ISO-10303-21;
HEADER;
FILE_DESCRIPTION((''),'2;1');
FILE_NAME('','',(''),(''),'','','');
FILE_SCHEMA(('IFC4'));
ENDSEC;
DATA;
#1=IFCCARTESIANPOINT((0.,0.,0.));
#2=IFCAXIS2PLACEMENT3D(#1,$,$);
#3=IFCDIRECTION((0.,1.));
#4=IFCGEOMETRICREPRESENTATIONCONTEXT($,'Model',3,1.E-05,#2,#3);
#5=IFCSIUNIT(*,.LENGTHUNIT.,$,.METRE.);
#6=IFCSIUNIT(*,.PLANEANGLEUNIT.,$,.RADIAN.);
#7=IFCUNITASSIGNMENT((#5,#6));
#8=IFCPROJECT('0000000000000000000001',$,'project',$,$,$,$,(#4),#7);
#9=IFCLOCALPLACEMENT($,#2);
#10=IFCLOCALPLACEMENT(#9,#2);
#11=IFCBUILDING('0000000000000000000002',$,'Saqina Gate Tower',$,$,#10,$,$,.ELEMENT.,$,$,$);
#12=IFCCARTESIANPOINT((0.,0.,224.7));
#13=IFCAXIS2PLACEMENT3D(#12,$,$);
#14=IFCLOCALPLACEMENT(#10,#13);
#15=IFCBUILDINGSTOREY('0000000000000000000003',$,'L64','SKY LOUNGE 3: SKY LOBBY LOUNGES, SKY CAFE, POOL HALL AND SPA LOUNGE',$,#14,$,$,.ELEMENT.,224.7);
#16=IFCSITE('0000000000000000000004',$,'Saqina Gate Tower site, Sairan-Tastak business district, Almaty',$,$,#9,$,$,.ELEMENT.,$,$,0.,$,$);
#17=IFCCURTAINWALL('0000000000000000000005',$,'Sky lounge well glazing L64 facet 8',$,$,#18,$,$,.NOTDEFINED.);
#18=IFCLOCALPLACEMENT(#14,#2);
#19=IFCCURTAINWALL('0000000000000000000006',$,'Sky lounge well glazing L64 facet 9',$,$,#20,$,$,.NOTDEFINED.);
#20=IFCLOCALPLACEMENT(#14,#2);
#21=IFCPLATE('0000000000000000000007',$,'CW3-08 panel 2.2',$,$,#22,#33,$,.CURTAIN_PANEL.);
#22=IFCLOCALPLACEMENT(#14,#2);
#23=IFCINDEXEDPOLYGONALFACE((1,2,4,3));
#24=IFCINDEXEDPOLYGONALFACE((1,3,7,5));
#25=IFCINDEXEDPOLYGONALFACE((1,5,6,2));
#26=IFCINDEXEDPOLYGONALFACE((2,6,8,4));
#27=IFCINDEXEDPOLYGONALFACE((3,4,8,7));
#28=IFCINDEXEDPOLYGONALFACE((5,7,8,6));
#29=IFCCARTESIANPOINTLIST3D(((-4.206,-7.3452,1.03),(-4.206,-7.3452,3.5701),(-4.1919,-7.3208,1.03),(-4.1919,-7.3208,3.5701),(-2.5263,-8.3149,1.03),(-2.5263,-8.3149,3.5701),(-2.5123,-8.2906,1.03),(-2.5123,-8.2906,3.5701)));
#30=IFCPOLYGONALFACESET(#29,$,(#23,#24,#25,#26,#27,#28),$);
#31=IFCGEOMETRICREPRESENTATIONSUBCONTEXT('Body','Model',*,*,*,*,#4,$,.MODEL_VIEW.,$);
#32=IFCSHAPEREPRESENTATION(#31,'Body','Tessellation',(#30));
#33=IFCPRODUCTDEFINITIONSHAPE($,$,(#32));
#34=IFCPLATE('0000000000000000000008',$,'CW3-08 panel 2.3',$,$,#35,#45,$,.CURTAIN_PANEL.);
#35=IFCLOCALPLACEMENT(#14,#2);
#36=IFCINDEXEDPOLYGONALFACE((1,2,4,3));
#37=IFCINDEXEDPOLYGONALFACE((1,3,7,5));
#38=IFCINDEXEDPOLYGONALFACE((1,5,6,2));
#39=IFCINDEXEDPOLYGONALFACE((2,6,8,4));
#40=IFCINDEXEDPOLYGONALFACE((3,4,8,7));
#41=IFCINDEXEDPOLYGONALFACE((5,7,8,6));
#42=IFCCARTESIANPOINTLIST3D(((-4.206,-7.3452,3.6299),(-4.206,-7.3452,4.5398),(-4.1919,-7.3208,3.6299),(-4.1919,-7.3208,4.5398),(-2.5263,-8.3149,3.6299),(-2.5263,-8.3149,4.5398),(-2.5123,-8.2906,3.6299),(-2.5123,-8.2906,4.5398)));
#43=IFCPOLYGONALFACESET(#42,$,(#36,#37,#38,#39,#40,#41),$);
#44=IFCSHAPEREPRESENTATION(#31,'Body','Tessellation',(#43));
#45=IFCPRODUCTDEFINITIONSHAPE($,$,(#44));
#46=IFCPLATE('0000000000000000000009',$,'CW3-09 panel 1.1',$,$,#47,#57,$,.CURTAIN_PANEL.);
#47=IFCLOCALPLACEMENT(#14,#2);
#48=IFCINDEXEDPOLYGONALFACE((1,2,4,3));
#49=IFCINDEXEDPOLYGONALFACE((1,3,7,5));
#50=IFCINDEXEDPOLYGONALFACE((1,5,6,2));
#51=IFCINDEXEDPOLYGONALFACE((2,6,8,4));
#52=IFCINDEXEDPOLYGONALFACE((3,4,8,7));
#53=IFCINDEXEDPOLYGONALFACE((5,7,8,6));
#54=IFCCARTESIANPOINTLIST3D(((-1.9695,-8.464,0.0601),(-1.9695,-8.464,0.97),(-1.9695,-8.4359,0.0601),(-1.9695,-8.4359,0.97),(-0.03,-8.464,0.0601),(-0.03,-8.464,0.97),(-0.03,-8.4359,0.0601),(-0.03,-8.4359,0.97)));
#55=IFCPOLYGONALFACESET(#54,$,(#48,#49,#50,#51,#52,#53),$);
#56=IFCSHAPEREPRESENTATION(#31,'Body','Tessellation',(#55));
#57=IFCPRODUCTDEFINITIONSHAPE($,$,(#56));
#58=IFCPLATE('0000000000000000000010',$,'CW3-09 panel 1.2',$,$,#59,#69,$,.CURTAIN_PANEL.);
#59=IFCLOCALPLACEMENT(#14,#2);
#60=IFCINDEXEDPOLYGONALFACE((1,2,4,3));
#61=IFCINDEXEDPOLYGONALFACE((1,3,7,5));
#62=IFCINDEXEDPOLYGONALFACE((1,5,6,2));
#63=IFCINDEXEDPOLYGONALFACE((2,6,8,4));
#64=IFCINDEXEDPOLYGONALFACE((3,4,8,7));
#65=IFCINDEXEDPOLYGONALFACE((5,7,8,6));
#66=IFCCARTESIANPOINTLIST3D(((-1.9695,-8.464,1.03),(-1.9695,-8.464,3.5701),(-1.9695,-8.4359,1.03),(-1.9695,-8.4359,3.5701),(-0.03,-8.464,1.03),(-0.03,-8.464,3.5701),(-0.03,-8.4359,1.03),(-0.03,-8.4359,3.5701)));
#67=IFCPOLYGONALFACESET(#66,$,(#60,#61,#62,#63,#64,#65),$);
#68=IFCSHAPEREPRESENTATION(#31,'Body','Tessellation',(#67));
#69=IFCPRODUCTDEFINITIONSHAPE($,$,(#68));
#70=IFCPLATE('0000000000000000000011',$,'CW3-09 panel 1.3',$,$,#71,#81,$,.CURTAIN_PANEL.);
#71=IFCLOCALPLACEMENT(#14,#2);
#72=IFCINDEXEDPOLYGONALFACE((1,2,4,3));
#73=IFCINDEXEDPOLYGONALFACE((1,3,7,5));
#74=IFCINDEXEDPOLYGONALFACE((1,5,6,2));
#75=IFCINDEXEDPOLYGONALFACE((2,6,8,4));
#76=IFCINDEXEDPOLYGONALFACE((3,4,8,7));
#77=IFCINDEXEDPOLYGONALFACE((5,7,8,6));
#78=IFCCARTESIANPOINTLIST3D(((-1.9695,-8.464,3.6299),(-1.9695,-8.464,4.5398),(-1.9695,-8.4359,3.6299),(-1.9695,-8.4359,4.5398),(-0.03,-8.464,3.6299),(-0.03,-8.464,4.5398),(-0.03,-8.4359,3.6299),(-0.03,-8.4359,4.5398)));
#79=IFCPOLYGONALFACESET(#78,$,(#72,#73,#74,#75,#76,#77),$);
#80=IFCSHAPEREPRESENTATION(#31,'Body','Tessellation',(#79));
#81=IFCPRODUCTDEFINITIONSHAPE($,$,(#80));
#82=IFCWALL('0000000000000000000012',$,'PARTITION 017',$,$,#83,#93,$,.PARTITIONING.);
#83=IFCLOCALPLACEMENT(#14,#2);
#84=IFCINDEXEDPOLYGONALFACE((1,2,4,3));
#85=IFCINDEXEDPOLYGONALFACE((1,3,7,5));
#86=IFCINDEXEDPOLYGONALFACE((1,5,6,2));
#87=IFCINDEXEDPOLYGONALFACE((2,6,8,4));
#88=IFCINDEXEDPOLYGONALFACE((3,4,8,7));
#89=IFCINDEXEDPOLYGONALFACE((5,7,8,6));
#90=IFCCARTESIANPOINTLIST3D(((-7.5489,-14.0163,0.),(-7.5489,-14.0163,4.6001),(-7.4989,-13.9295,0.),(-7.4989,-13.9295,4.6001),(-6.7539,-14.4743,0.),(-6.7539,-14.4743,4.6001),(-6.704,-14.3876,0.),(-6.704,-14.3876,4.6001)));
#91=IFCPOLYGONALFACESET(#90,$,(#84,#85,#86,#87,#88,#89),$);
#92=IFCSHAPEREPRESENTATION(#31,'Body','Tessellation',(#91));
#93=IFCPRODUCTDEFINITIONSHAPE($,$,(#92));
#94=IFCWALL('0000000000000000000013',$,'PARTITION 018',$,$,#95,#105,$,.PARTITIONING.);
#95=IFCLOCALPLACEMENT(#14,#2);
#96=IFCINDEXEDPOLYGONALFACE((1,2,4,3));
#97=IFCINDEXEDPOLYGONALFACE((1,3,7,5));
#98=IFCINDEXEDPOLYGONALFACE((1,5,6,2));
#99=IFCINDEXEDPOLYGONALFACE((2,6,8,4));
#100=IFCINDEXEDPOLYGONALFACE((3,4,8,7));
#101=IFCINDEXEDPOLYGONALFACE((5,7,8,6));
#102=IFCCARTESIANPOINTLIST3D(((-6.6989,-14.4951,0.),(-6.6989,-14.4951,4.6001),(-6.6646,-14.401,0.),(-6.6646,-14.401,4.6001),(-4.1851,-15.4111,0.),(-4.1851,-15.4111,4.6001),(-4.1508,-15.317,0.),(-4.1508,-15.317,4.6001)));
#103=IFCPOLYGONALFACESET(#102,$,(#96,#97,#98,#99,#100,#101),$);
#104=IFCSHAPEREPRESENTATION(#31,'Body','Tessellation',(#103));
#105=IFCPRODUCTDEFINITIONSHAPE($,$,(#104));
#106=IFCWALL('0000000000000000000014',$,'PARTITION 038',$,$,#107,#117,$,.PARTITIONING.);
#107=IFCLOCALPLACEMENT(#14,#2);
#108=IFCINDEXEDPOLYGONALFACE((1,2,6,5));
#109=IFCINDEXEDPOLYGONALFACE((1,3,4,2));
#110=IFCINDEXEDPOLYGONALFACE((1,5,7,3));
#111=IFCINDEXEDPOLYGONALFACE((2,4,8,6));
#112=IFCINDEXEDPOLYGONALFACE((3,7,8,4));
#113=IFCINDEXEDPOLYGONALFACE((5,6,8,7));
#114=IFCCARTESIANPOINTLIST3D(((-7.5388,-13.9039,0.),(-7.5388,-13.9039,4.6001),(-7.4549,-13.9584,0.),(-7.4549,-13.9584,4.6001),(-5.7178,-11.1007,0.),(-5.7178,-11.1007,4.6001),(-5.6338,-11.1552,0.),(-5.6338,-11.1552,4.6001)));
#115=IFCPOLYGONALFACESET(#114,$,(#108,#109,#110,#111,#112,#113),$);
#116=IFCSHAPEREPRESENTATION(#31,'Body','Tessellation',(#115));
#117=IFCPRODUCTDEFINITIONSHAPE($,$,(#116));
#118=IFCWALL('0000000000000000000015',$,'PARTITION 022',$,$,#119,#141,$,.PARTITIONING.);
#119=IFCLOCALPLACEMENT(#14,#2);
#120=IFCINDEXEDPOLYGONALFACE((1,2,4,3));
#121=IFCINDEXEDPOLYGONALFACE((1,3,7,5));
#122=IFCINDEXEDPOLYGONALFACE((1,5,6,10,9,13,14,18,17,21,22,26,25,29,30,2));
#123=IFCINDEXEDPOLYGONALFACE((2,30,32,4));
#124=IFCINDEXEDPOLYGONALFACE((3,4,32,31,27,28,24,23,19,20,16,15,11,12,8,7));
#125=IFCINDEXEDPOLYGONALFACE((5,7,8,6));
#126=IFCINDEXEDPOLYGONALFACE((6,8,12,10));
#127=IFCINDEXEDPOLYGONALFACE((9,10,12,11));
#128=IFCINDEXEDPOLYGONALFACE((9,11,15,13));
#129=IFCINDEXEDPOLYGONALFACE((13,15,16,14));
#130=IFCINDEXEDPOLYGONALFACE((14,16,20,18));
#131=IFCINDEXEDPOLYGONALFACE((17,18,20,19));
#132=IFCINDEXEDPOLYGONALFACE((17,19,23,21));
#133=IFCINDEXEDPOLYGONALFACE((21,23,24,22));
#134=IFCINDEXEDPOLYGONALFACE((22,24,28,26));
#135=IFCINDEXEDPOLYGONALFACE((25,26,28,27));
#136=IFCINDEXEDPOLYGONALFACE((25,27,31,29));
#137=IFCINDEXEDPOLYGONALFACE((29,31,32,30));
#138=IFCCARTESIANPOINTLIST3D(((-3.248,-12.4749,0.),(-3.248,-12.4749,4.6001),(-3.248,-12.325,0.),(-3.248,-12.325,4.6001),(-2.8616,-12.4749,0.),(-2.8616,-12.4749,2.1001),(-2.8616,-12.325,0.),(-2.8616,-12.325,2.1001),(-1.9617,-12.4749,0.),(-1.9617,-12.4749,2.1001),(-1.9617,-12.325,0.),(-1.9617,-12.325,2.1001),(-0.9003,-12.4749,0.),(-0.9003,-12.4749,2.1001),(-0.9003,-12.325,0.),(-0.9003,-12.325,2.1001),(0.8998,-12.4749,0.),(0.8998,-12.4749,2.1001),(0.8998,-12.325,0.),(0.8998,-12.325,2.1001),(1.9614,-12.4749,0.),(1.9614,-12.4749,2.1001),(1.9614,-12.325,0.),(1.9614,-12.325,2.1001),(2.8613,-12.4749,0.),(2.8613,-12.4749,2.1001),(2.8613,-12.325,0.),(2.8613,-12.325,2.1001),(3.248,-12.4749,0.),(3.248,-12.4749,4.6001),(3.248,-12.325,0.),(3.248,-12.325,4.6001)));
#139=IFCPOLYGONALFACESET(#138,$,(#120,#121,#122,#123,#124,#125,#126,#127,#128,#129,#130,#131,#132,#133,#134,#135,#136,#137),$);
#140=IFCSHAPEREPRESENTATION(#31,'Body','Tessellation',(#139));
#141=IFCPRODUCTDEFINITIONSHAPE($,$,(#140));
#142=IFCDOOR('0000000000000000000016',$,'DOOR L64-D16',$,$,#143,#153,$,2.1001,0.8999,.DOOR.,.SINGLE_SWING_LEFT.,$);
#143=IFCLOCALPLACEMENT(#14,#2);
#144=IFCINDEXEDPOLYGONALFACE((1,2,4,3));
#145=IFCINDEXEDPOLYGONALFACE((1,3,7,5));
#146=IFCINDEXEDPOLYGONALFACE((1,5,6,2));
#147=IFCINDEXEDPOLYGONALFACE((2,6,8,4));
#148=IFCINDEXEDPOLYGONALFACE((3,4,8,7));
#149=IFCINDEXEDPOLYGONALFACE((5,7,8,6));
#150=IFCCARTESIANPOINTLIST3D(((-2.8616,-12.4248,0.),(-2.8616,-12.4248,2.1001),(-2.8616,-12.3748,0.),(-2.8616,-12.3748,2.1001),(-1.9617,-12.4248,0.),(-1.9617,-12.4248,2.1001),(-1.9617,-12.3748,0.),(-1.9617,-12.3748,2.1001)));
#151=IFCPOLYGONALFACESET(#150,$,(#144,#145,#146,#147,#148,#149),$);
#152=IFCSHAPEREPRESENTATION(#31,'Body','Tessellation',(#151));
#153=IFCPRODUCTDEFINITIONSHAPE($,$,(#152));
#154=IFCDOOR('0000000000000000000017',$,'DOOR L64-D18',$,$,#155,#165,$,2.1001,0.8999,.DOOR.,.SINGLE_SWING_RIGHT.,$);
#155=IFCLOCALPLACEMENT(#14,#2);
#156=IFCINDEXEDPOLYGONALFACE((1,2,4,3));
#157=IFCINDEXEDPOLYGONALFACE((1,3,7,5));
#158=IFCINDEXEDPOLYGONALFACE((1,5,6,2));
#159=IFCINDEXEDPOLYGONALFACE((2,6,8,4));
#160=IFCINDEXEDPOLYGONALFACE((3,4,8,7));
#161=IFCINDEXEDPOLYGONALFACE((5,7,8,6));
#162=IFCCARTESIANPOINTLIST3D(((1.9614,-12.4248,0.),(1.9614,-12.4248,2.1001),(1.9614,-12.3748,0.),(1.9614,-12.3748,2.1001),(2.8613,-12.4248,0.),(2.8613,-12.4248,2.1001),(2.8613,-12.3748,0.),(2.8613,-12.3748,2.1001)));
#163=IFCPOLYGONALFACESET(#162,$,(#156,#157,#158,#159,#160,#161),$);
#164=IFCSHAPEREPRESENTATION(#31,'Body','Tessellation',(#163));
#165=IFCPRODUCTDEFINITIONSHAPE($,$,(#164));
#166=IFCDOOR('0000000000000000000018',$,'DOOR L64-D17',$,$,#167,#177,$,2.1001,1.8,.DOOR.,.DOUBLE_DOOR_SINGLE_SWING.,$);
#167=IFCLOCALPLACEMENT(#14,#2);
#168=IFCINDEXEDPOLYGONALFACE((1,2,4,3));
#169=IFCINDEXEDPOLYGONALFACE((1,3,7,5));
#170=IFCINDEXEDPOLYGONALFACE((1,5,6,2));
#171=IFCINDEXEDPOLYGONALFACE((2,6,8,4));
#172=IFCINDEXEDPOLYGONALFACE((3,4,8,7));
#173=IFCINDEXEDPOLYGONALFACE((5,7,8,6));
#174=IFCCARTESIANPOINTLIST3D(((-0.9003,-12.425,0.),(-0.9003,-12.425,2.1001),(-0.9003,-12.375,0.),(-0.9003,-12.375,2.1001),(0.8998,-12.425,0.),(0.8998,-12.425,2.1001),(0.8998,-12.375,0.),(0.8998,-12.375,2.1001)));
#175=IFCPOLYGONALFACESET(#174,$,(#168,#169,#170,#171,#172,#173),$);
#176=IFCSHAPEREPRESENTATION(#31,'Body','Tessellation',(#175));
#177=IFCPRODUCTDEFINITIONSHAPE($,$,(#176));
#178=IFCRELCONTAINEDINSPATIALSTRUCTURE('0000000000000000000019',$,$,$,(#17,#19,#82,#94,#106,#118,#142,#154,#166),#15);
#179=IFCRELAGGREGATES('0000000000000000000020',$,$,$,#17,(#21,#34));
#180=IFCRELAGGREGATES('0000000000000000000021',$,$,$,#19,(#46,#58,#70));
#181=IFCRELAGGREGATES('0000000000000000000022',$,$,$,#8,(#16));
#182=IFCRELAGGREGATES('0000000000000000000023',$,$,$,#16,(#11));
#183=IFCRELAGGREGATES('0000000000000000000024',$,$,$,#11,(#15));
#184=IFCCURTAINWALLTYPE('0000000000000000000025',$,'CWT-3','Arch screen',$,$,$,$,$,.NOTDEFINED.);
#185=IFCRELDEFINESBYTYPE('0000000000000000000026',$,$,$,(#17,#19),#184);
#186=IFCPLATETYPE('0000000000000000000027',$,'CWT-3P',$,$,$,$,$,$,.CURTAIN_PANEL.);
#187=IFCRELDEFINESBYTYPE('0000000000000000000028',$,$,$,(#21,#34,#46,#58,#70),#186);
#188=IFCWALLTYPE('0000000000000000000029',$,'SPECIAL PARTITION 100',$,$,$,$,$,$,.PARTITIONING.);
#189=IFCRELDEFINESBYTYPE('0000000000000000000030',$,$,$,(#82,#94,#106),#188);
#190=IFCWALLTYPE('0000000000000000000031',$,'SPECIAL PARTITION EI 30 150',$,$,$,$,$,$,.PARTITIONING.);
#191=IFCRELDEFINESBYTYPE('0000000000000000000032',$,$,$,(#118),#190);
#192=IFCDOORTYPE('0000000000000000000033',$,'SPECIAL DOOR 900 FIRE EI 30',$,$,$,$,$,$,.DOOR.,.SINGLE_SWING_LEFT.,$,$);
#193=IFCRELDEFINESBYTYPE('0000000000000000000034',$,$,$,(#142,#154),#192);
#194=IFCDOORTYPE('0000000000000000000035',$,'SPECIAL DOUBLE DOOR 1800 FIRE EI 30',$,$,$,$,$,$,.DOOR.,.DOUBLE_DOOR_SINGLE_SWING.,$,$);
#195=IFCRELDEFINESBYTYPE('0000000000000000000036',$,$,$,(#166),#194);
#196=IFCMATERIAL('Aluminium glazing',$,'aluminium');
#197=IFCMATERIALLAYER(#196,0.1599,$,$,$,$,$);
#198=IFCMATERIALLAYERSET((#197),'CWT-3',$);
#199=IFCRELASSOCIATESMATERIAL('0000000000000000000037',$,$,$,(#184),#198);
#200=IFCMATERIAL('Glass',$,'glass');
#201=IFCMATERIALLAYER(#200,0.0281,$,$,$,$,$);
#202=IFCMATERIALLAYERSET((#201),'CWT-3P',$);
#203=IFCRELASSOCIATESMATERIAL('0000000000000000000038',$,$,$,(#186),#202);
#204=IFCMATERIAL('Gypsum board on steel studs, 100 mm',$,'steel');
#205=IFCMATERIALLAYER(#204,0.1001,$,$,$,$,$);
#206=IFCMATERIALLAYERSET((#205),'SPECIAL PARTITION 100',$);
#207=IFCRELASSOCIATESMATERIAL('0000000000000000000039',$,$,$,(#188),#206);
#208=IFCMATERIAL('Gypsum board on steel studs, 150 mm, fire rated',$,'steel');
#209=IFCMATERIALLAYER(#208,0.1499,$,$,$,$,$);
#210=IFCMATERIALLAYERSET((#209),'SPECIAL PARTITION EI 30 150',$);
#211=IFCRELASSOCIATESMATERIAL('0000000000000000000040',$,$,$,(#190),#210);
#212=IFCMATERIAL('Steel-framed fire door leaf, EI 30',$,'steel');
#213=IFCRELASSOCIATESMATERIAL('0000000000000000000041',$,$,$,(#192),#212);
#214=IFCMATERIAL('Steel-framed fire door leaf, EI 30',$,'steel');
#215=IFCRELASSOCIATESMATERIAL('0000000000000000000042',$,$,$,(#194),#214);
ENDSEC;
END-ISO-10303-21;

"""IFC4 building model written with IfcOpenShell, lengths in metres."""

from ifc_helpers import new_model, si_unit, direction, frame, frame_2d, origin, origin_2d, place, context, subcontext, project, spatial, rectangle, extrude, material, layer, layer_set, type_object, element, fill, aggregate, save


model = new_model("IFC4")

# Units and contexts
model_context = context("Model", 3, precision=1e-05, world=origin(), true_north=direction((0.0, 1.0)))
body_context = subcontext(model_context, "Body", "Model", "MODEL_VIEW")
ifc_project = project(units=[si_unit("LENGTHUNIT", "METRE"), si_unit("PLANEANGLEUNIT", "RADIAN")], contexts=[model_context])

# Site, building, storey
site_placement = place(None, origin())
site = spatial("IfcSite", under=ifc_project, at=site_placement, Name="Saqina Gate Tower site, Sairan-Tastak business district, Almaty", CompositionType="ELEMENT", RefElevation=0.0)
building_placement = place(site_placement, origin())
building = spatial("IfcBuilding", under=site, at=building_placement, Name="Saqina Gate Tower", CompositionType="ELEMENT")
storey_placement = place(building_placement, frame((0.0, 0.0, 224.7)))
storey = spatial("IfcBuildingStorey", under=building, at=storey_placement, Name="L64", Description="SKY LOUNGE 3: SKY LOBBY LOUNGES, SKY CAFE, POOL HALL AND SPA LOUNGE", CompositionType="ELEMENT", Elevation=224.7)

# Curtain wall
ifc_material_1 = material(Name="Aluminium glazing", Category="aluminium")
ifc_layer_1 = layer(ifc_material_1, 0.1599)
ifc_layer_set_1 = layer_set([ifc_layer_1], Name="CWT-3")
curtain_wall_type = type_object("IfcCurtainWallType", Name="CWT-3", Description="Arch screen", PredefinedType="NOTDEFINED", material=ifc_layer_set_1)
curtain_wall_1_placement = place(storey_placement, origin())
curtain_wall_1 = element("IfcCurtainWall", 1, at=curtain_wall_1_placement, inside=storey, type_object=curtain_wall_type, Name="Sky lounge well glazing L64 facet 8", PredefinedType="NOTDEFINED")

# Curtain wall
curtain_wall_2_placement = place(storey_placement, origin())
curtain_wall_2 = element("IfcCurtainWall", 2, at=curtain_wall_2_placement, inside=storey, type_object=curtain_wall_type, Name="Sky lounge well glazing L64 facet 9", PredefinedType="NOTDEFINED")

# Plates
ifc_material_2 = material(Name="Glass", Category="glass")
ifc_layer_2 = layer(ifc_material_2, 0.0281)
ifc_layer_set_2 = layer_set([ifc_layer_2], Name="CWT-3P")
plate_type = type_object("IfcPlateType", Name="CWT-3P", PredefinedType="CURTAIN_PANEL", material=ifc_layer_set_2)
plate_1_placement = place(storey_placement, frame((-3.3591, -7.8179, 1.03), z_axis=(0.0, 0.0, 1.0), x_axis=(0.866024, -0.500003, 0.0)))
plate_1 = element("IfcPlate", 3, at=plate_1_placement, type_object=plate_type, Name="CW3-08 panel 2.2", PredefinedType="CURTAIN_PANEL", context=body_context, shape_type="SweptSolid", body=[
    extrude(rectangle(XDim=1.9395, YDim=0.0281, at=origin_2d()), origin(), (0.0, 0.0, 1.0), 2.54),
])
plate_2_placement = place(storey_placement, frame((-3.3591, -7.8179, 3.6299), z_axis=(0.0, 0.0, 1.0), x_axis=(0.866024, -0.500003, 0.0)))
plate_2 = element("IfcPlate", 4, at=plate_2_placement, type_object=plate_type, Name="CW3-08 panel 2.3", PredefinedType="CURTAIN_PANEL", context=body_context, shape_type="SweptSolid", body=[
    extrude(rectangle(XDim=1.9395, YDim=0.0281, at=origin_2d()), origin(), (0.0, 0.0, 1.0), 0.9099),
])
aggregate(curtain_wall_1, [plate_1, plate_2])
plate_3_placement = place(storey_placement, frame((-0.9998, -8.45, 0.0601), z_axis=(0.0, 0.0, 1.0), x_axis=(1.0, 0.0, 0.0)))
plate_3 = element("IfcPlate", 5, at=plate_3_placement, type_object=plate_type, Name="CW3-09 panel 1.1", PredefinedType="CURTAIN_PANEL", context=body_context, shape_type="SweptSolid", body=[
    extrude(rectangle(XDim=1.9395, YDim=0.0281, at=origin_2d()), origin(), (0.0, 0.0, 1.0), 0.9099),
])
plate_4_placement = place(storey_placement, frame((-0.9998, -8.45, 1.03), z_axis=(0.0, 0.0, 1.0), x_axis=(1.0, 0.0, 0.0)))
plate_4 = element("IfcPlate", 6, at=plate_4_placement, type_object=plate_type, Name="CW3-09 panel 1.2", PredefinedType="CURTAIN_PANEL", context=body_context, shape_type="SweptSolid", body=[
    extrude(rectangle(XDim=1.9395, YDim=0.0281, at=origin_2d()), origin(), (0.0, 0.0, 1.0), 2.54),
])
plate_5_placement = place(storey_placement, frame((-0.9998, -8.45, 3.6299), z_axis=(0.0, 0.0, 1.0), x_axis=(1.0, 0.0, 0.0)))
plate_5 = element("IfcPlate", 7, at=plate_5_placement, type_object=plate_type, Name="CW3-09 panel 1.3", PredefinedType="CURTAIN_PANEL", context=body_context, shape_type="SweptSolid", body=[
    extrude(rectangle(XDim=1.9395, YDim=0.0281, at=origin_2d()), origin(), (0.0, 0.0, 1.0), 0.9099),
])
aggregate(curtain_wall_2, [plate_3, plate_4, plate_5])

# Walls
ifc_material_3 = material(Name="Gypsum board on steel studs, 100 mm", Category="steel")
ifc_layer_3 = layer(ifc_material_3, 0.1001)
ifc_layer_set_3 = layer_set([ifc_layer_3], Name="SPECIAL PARTITION 100")
wall_type_1 = type_object("IfcWallType", Name="SPECIAL PARTITION 100", PredefinedType="PARTITIONING", material=ifc_layer_set_3)
wall_1_placement = place(storey_placement, frame((-7.5239, -13.9729, 0.0), z_axis=(0.0, 0.0, 1.0), x_axis=(0.866469, -0.499231, 0.0)))
element("IfcWall", 8, at=wall_1_placement, inside=storey, type_object=wall_type_1, Name="PARTITION 017", PredefinedType="PARTITIONING", context=body_context, shape_type="SweptSolid", body=[
    extrude(rectangle(XDim=0.9175, YDim=0.1001, at=frame_2d((0.4587, 0.0))), origin(), (0.0, 0.0, 1.0), 4.6001),
])
wall_2_placement = place(storey_placement, frame((-6.6819, -14.448, 0.0), z_axis=(0.0, 0.0, 1.0), x_axis=(0.939569, -0.342358, 0.0)))
element("IfcWall", 9, at=wall_2_placement, inside=storey, type_object=wall_type_1, Name="PARTITION 018", PredefinedType="PARTITIONING", context=body_context, shape_type="SweptSolid", body=[
    extrude(rectangle(XDim=2.6755, YDim=0.1001, at=frame_2d((1.3379, 0.0))), origin(), (0.0, 0.0, 1.0), 4.6001),
])
wall_3_placement = place(storey_placement, frame((-7.4968, -13.9312, 0.0), z_axis=(0.0, 0.0, 1.0), x_axis=(0.544768, 0.838587, 0.0)))
element("IfcWall", 10, at=wall_3_placement, inside=storey, type_object=wall_type_1, Name="PARTITION 038", PredefinedType="PARTITIONING", context=body_context, shape_type="SweptSolid", body=[
    extrude(rectangle(XDim=3.3428, YDim=0.1001, at=frame_2d((1.6714, 0.0))), origin(), (0.0, 0.0, 1.0), 4.6001),
])

# Wall, openings, doors
ifc_material_4 = material(Name="Gypsum board on steel studs, 150 mm, fire rated", Category="steel")
ifc_layer_4 = layer(ifc_material_4, 0.1499)
ifc_layer_set_4 = layer_set([ifc_layer_4], Name="SPECIAL PARTITION EI 30 150")
wall_type_2 = type_object("IfcWallType", Name="SPECIAL PARTITION EI 30 150", PredefinedType="PARTITIONING", material=ifc_layer_set_4)
wall_4_placement = place(storey_placement, frame((-3.248, -12.3999, 0.0), z_axis=(0.0, 0.0, 1.0), x_axis=(1.0, 0.0, 0.0)))
wall_4 = element("IfcWall", 11, at=wall_4_placement, inside=storey, type_object=wall_type_2, Name="PARTITION 022", PredefinedType="PARTITIONING", context=body_context, shape_type="SweptSolid", body=[
    extrude(rectangle(XDim=6.4961, YDim=0.1499, at=frame_2d((3.248, 0.0))), origin(), (0.0, 0.0, 1.0), 4.6001),
])
opening_1_placement = place(wall_4_placement, frame((0.3865, 0.0, 0.0)))
opening_1 = element("IfcOpeningElement", 12, at=opening_1_placement, cuts=wall_4, PredefinedType="OPENING", context=body_context, shape_type="SweptSolid", body=[
    extrude(rectangle(XDim=0.8999, YDim=2.1001, at=frame_2d((0.45, 1.05))), frame((0.0, 0.0869, 0.0), z_axis=(0.0, -1.0, 0.0), x_axis=(1.0, 0.0, 0.0)), (0.0, 0.0, 1.0), 0.1738),
])
opening_2_placement = place(wall_4_placement, frame((2.3479, 0.0, 0.0)))
opening_2 = element("IfcOpeningElement", 13, at=opening_2_placement, cuts=wall_4, PredefinedType="OPENING", context=body_context, shape_type="SweptSolid", body=[
    extrude(rectangle(XDim=1.8, YDim=2.1001, at=frame_2d((0.8999, 1.05))), frame((0.0, 0.0869, 0.0), z_axis=(0.0, -1.0, 0.0), x_axis=(1.0, 0.0, 0.0)), (0.0, 0.0, 1.0), 0.1738),
])
opening_3_placement = place(wall_4_placement, frame((5.2095, 0.0, 0.0)))
opening_3 = element("IfcOpeningElement", 14, at=opening_3_placement, cuts=wall_4, PredefinedType="OPENING", context=body_context, shape_type="SweptSolid", body=[
    extrude(rectangle(XDim=0.8999, YDim=2.1001, at=frame_2d((0.45, 1.05))), frame((0.0, 0.0869, 0.0), z_axis=(0.0, -1.0, 0.0), x_axis=(1.0, 0.0, 0.0)), (0.0, 0.0, 1.0), 0.1738),
])
ifc_material_5 = material(Name="Steel-framed fire door leaf, EI 30", Category="steel")
door_type_1 = type_object("IfcDoorType", Name="SPECIAL DOOR 900 FIRE EI 30", OperationType="SINGLE_SWING_LEFT", PredefinedType="DOOR", material=ifc_material_5)
door_1_placement = place(opening_1_placement, frame((0.8999, 0.0, 0.0), z_axis=(0.0, 0.0, 1.0), x_axis=(-1.0, 0.0, 0.0)))
door_1 = element("IfcDoor", 15, at=door_1_placement, inside=storey, type_object=door_type_1, Name="DOOR L64-D16", OperationType="SINGLE_SWING_LEFT", OverallHeight=2.1001, OverallWidth=0.8999, PredefinedType="DOOR", context=body_context, shape_type="SweptSolid", body=[
    extrude(rectangle(XDim=0.8999, YDim=2.1001, at=frame_2d((0.45, 1.05))), frame((0.0, 0.0249, 0.0), z_axis=(0.0, -1.0, 0.0), x_axis=(1.0, 0.0, 0.0)), (0.0, 0.0, 1.0), 0.05),
])
fill(opening_1, door_1)
door_2_placement = place(opening_3_placement, frame((0.8999, 0.0, 0.0), z_axis=(0.0, 0.0, 1.0), x_axis=(-1.0, 0.0, 0.0)))
door_2 = element("IfcDoor", 16, at=door_2_placement, inside=storey, type_object=door_type_1, Name="DOOR L64-D18", OperationType="SINGLE_SWING_RIGHT", OverallHeight=2.1001, OverallWidth=0.8999, PredefinedType="DOOR", context=body_context, shape_type="SweptSolid", body=[
    extrude(rectangle(XDim=0.8999, YDim=2.1001, at=frame_2d((0.45, 1.05))), frame((0.0, 0.0249, 0.0), z_axis=(0.0, -1.0, 0.0), x_axis=(1.0, 0.0, 0.0)), (0.0, 0.0, 1.0), 0.05),
])
fill(opening_3, door_2)
ifc_material_6 = material(Name="Steel-framed fire door leaf, EI 30", Category="steel")
door_type_2 = type_object("IfcDoorType", Name="SPECIAL DOUBLE DOOR 1800 FIRE EI 30", OperationType="DOUBLE_DOOR_SINGLE_SWING", PredefinedType="DOOR", material=ifc_material_6)
door_3_placement = place(opening_2_placement, origin())
door_3 = element("IfcDoor", 17, at=door_3_placement, inside=storey, type_object=door_type_2, Name="DOOR L64-D17", OperationType="DOUBLE_DOOR_SINGLE_SWING", OverallHeight=2.1001, OverallWidth=1.8, PredefinedType="DOOR", context=body_context, shape_type="SweptSolid", body=[
    extrude(rectangle(XDim=1.8, YDim=2.1001, at=frame_2d((0.8999, 1.05))), frame((0.0, 0.0249, 0.0), z_axis=(0.0, -1.0, 0.0), x_axis=(1.0, 0.0, 0.0)), (0.0, 0.0, 1.0), 0.05),
])
fill(opening_2, door_3)

save(model, "model.ifc")
